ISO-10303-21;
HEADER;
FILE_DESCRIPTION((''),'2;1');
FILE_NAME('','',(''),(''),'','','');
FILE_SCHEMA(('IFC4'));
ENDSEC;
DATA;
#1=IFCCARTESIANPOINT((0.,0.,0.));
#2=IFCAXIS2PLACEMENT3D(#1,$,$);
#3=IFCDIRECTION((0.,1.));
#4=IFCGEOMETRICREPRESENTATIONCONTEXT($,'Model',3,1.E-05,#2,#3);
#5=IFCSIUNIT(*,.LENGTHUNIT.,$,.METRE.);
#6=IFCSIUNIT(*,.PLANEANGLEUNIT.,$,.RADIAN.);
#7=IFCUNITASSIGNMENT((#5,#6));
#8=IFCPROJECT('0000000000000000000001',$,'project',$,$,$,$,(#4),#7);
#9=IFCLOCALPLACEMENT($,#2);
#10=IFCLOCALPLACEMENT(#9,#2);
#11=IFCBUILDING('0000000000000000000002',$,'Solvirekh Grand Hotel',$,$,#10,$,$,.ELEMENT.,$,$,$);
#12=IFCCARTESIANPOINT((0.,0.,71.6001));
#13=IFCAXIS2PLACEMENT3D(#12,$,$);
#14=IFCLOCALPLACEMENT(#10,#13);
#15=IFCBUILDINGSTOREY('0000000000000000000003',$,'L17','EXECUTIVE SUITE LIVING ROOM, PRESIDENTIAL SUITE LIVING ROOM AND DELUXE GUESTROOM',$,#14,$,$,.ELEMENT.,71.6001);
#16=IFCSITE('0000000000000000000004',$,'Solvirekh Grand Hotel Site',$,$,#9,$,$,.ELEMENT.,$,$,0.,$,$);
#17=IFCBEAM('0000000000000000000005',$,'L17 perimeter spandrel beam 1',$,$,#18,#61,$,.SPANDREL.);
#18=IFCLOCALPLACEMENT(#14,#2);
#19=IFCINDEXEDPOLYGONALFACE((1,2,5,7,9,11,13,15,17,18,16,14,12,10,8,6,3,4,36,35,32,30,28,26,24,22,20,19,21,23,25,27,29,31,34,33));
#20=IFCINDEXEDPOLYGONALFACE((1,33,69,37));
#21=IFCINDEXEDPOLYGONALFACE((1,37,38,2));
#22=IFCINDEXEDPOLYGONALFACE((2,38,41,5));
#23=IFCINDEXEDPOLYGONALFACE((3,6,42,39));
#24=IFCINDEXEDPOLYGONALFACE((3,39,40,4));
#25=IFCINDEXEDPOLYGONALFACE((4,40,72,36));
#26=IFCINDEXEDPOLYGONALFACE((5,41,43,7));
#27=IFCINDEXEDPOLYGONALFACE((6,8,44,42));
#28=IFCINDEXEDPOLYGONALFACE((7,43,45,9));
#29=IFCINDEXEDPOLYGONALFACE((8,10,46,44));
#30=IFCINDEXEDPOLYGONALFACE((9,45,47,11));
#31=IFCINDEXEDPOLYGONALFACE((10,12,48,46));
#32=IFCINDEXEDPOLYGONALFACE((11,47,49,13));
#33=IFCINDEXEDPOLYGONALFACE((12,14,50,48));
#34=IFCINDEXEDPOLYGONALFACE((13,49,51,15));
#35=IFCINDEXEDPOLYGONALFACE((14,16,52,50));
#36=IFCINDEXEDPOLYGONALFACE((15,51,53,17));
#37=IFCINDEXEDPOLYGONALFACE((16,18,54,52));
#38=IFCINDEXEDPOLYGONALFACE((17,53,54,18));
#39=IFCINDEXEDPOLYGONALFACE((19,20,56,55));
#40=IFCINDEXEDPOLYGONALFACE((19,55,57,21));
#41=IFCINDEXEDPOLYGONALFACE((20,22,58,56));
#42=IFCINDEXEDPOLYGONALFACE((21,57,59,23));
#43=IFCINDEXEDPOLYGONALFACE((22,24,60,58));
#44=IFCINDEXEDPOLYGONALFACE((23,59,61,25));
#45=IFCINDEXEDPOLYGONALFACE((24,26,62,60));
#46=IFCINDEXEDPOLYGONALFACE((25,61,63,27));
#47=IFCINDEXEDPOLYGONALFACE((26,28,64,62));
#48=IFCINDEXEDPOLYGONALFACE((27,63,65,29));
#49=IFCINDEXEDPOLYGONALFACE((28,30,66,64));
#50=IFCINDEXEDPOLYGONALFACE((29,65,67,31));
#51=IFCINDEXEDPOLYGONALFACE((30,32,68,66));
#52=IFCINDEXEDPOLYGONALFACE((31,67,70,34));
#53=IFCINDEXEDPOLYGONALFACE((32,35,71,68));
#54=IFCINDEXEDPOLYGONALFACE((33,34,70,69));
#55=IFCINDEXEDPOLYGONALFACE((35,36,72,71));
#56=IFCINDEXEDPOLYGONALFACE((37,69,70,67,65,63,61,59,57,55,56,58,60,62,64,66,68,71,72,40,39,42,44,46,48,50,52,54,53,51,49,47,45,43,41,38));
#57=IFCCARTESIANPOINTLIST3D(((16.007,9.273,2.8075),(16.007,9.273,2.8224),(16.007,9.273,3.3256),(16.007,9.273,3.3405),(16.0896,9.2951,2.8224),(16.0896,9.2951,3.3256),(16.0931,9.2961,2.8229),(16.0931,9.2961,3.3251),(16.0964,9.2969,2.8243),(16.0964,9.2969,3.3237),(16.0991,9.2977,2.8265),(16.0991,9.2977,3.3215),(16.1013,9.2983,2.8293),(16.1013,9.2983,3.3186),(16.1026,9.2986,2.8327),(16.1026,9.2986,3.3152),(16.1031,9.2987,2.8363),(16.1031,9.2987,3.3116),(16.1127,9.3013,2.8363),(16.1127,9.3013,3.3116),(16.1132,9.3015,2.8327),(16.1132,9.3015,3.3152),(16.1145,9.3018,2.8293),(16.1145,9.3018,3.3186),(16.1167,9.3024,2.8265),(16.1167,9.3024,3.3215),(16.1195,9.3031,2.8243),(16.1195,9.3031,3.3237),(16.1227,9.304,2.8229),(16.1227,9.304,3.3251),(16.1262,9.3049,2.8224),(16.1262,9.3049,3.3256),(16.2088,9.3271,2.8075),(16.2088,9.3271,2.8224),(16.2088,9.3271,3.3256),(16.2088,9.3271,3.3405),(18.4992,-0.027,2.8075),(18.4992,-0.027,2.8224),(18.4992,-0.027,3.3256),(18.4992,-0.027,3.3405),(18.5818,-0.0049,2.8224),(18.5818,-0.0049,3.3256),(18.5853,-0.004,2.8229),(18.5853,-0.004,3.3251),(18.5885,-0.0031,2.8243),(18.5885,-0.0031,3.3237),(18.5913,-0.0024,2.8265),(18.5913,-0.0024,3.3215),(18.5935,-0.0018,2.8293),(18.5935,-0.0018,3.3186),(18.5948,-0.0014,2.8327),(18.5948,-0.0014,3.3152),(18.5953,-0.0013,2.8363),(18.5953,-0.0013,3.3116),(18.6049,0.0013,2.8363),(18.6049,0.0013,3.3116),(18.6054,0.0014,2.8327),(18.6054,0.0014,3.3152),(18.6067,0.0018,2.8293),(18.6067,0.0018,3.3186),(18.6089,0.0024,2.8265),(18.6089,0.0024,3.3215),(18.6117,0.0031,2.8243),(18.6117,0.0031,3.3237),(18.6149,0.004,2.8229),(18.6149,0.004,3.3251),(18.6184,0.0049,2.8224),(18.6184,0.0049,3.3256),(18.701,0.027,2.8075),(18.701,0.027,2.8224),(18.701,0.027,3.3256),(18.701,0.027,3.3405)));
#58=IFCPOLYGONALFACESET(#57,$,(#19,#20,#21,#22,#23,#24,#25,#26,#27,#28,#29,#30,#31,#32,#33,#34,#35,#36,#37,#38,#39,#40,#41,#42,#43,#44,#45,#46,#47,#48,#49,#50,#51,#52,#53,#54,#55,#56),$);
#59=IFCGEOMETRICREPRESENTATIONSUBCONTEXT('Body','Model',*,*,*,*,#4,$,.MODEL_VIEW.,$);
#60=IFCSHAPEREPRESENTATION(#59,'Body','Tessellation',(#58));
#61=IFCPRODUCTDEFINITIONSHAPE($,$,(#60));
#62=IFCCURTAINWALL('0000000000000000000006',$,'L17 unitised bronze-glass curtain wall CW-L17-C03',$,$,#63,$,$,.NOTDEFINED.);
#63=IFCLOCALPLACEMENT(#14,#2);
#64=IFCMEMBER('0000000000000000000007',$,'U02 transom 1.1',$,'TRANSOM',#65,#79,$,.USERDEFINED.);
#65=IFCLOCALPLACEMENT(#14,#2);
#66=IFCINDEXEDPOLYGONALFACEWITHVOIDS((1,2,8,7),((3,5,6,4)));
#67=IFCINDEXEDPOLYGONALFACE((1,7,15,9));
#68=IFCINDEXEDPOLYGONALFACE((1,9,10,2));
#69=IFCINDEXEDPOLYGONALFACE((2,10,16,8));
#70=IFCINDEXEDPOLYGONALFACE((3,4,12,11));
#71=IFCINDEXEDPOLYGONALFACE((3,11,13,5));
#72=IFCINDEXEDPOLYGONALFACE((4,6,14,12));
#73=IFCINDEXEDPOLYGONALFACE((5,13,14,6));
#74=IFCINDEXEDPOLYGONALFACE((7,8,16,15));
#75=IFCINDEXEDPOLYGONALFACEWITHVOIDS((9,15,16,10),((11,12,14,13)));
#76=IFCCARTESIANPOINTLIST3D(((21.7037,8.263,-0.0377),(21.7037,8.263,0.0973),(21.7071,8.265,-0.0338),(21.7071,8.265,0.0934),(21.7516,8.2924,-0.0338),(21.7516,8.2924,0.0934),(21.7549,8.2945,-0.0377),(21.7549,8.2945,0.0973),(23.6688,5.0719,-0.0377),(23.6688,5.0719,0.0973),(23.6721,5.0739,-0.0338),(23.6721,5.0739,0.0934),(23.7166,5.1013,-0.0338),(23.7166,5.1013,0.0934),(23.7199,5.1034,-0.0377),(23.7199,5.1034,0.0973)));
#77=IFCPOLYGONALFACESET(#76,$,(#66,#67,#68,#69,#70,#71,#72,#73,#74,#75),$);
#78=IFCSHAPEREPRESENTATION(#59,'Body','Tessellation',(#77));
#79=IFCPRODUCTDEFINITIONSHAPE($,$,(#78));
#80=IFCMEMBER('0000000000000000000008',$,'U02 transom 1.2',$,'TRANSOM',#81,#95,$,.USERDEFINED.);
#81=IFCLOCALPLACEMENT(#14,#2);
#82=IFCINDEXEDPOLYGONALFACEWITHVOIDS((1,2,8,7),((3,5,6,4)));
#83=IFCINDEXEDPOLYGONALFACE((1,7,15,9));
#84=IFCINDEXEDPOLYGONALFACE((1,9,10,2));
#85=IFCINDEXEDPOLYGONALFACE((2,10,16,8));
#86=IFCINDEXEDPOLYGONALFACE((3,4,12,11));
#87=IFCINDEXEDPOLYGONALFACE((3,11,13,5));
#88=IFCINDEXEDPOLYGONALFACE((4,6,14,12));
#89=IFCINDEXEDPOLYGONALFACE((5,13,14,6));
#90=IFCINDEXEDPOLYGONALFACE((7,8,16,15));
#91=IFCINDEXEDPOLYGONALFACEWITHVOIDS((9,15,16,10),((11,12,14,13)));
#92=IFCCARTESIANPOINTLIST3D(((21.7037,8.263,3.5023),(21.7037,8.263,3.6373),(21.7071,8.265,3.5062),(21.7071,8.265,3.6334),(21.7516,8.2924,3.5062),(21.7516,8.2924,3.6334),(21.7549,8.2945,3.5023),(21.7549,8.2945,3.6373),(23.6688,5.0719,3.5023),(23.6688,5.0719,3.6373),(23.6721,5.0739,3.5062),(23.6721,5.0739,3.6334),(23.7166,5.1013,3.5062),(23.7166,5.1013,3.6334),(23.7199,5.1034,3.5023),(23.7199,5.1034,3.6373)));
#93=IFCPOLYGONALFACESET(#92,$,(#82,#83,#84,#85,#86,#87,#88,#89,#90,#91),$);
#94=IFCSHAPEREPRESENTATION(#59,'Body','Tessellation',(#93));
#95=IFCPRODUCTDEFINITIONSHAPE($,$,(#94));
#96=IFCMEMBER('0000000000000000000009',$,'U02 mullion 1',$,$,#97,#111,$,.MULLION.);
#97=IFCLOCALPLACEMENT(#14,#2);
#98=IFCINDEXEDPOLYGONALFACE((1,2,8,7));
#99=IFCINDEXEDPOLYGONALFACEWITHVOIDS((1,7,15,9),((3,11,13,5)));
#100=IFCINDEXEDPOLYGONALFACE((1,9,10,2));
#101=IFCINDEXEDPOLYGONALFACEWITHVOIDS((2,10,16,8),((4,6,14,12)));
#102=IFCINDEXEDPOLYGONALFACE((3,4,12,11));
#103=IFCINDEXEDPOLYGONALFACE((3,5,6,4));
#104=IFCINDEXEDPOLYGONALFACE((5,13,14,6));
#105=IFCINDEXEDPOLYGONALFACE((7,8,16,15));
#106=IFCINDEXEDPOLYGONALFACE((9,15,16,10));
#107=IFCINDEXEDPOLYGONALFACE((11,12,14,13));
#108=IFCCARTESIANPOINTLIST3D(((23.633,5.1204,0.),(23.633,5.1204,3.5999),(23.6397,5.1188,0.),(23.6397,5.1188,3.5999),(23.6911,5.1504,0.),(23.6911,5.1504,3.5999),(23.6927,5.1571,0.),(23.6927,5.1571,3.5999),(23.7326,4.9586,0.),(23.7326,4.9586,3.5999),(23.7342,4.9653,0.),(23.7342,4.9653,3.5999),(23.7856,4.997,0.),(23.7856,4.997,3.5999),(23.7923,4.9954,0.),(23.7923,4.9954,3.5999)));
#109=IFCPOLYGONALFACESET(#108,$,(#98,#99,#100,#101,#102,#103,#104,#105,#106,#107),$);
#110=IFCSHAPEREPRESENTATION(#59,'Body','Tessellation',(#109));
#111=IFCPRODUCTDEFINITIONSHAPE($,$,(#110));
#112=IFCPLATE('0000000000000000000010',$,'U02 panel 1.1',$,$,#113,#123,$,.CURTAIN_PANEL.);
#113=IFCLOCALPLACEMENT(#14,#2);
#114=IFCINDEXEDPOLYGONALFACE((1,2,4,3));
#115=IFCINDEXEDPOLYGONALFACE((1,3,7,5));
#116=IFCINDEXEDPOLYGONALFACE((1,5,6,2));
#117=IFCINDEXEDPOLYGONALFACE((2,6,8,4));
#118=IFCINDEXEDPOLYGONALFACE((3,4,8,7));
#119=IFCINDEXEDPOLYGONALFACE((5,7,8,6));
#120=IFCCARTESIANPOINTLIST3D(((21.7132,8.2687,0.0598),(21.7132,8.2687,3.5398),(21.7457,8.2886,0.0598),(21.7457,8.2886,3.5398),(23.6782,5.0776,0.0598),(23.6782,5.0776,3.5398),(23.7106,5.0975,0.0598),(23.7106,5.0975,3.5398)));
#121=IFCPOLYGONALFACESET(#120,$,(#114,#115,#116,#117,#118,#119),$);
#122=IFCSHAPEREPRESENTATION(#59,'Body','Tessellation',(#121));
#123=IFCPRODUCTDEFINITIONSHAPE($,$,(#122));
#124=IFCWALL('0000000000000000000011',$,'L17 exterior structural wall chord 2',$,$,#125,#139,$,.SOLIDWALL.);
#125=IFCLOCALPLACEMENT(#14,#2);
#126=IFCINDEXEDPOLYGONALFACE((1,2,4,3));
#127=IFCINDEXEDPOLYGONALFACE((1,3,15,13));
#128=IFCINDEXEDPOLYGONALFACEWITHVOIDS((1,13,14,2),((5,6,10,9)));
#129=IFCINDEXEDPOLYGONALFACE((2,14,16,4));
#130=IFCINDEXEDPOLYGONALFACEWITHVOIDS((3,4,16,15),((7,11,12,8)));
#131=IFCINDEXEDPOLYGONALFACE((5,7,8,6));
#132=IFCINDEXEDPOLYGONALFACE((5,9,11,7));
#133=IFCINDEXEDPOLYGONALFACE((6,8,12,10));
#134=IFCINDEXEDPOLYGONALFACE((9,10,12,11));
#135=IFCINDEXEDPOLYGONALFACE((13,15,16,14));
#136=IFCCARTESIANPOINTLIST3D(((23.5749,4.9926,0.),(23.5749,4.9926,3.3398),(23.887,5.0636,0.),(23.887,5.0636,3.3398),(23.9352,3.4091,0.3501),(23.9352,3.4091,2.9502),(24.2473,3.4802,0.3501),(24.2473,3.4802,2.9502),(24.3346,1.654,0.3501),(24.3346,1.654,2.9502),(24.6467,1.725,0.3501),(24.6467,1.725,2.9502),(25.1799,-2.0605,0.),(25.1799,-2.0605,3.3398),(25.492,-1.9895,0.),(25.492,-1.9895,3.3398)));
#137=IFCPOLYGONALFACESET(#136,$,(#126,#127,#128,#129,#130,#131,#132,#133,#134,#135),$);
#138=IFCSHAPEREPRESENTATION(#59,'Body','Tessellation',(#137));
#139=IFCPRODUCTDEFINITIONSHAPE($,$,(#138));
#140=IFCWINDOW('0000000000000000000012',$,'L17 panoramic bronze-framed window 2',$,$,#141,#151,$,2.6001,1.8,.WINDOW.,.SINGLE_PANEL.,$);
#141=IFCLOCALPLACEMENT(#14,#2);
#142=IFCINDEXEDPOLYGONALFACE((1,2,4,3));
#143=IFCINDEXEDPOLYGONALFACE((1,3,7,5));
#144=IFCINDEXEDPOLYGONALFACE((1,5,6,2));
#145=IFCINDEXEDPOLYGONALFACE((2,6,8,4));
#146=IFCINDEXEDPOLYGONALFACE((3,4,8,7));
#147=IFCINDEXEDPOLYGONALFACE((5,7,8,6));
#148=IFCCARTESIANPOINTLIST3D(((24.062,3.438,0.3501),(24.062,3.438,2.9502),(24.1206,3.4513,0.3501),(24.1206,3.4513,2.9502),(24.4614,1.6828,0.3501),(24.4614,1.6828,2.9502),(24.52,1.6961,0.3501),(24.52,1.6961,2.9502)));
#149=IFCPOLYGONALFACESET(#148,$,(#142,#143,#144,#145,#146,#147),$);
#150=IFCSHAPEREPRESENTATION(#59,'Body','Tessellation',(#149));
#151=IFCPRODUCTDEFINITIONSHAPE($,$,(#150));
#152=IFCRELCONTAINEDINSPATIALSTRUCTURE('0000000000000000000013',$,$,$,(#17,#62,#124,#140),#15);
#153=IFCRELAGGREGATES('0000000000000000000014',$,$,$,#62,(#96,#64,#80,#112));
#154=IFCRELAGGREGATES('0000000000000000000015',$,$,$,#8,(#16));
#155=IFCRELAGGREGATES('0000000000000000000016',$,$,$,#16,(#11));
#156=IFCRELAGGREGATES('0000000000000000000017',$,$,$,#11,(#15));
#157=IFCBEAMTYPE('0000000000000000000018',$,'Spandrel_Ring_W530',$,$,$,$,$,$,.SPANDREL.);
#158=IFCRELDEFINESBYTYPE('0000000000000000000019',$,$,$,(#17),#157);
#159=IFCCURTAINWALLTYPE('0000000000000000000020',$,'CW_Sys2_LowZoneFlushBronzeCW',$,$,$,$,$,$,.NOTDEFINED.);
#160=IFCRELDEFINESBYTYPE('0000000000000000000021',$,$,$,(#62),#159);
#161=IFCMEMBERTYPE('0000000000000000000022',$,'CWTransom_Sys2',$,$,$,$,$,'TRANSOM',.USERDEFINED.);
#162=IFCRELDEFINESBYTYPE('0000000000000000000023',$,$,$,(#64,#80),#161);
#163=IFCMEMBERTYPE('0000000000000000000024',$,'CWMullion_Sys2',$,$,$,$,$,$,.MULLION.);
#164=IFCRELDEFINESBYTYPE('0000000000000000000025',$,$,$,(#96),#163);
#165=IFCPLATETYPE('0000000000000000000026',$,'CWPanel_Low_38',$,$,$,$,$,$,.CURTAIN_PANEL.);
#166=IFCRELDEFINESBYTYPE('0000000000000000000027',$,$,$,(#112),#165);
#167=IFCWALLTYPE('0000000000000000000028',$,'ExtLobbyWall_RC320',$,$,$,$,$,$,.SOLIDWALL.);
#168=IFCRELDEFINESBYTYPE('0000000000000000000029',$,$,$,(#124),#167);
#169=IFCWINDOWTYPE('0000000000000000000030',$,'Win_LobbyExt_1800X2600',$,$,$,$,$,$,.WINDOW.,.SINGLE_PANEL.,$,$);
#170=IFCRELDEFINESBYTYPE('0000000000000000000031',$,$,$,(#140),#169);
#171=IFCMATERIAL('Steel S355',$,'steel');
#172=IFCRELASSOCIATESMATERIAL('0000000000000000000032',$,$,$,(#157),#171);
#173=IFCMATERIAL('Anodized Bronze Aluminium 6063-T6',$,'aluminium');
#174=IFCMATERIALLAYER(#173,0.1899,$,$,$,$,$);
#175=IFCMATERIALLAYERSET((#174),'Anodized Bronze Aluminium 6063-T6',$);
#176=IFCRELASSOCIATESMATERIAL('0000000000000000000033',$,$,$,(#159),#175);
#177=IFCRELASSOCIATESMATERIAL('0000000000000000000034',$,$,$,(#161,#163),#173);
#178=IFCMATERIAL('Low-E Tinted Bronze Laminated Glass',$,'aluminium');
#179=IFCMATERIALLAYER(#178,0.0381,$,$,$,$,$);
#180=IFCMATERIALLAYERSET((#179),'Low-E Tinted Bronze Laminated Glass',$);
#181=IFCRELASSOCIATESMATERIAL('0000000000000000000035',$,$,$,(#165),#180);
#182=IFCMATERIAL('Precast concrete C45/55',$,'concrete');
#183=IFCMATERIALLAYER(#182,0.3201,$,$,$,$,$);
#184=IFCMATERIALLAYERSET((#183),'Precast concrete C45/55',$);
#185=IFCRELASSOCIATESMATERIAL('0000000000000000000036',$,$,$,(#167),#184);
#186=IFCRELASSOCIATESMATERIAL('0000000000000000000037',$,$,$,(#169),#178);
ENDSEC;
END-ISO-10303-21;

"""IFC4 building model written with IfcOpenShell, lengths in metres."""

from ifc_helpers import new_model, si_unit, direction, frame, frame_2d, origin, origin_2d, place, context, subcontext, project, spatial, rectangle, hollow_rectangle, i_section, extrude, source, transform, mapped, material, layer, layer_set, material_profile, profile_set, type_object, element, fill, aggregate, save


model = new_model("IFC4")

# Units and contexts
model_context = context("Model", 3, precision=1e-05, world=origin(), true_north=direction((0.0, 1.0)))
body_context = subcontext(model_context, "Body", "Model", "MODEL_VIEW")
ifc_project = project(units=[si_unit("LENGTHUNIT", "METRE"), si_unit("PLANEANGLEUNIT", "RADIAN")], contexts=[model_context])

# Site, building, storey
site_placement = place(None, origin())
site = spatial("IfcSite", under=ifc_project, at=site_placement, Name="Solvirekh Grand Hotel Site", CompositionType="ELEMENT", RefElevation=0.0)
building_placement = place(site_placement, origin())
building = spatial("IfcBuilding", under=site, at=building_placement, Name="Solvirekh Grand Hotel", CompositionType="ELEMENT")
storey_placement = place(building_placement, frame((0.0, 0.0, 71.6001)))
storey = spatial("IfcBuildingStorey", under=building, at=storey_placement, Name="L17", Description="EXECUTIVE SUITE LIVING ROOM, PRESIDENTIAL SUITE LIVING ROOM AND DELUXE GUESTROOM", CompositionType="ELEMENT", Elevation=71.6001)

# Beam
ifc_material_1 = material(Name="Steel S355", Category="steel")
ifc_material_profile_1 = material_profile(ifc_material_1, i_section(OverallWidth=0.209, OverallDepth=0.533, WebThickness=0.01, FlangeThickness=0.0149, FilletRadius=0.0139, at=origin_2d()), Name="W530X92")
ifc_profile_set_1 = profile_set([ifc_material_profile_1], Name="Steel S355")
beam_type_1 = type_object("IfcBeamType", Name="Spandrel_Ring_W530", PredefinedType="SPANDREL", material=ifc_profile_set_1)
beam_1_placement = place(storey_placement, frame((18.6001, 0.0, 3.074), z_axis=(-0.258843, 0.965919, 0.0), x_axis=(-0.965919, -0.258843, 0.0)))
element("IfcBeam", 1, at=beam_1_placement, inside=storey, type_object=beam_type_1, Name="L17 perimeter spandrel beam 1", PredefinedType="SPANDREL", context=body_context, shape_type="SweptSolid", body=[
    extrude(i_section(OverallWidth=0.209, OverallDepth=0.533, WebThickness=0.01, FlangeThickness=0.0149, FilletRadius=0.0139, at=origin_2d()), origin(), (0.0, 0.0, 1.0), 9.6282),
])

# Curtain wall, members, plate
ifc_material_2 = material(Name="Anodized Bronze Aluminium 6063-T6", Category="aluminium")
ifc_layer_1 = layer(ifc_material_2, 0.1899)
ifc_layer_set_1 = layer_set([ifc_layer_1], Name="Anodized Bronze Aluminium 6063-T6")
curtain_wall_type = type_object("IfcCurtainWallType", Name="CW_Sys2_LowZoneFlushBronzeCW", PredefinedType="NOTDEFINED", material=ifc_layer_set_1)
curtain_wall_placement = place(storey_placement, origin())
curtain_wall = element("IfcCurtainWall", 2, at=curtain_wall_placement, inside=storey, type_object=curtain_wall_type, Name="L17 unitised bronze-glass curtain wall CW-L17-C03", PredefinedType="NOTDEFINED")
ifc_material_profile_2 = material_profile(ifc_material_2, hollow_rectangle(XDim=0.0601, YDim=0.135, WallThickness=0.0039, at=origin_2d()), Name="ALU RHS 135X60X4")
ifc_profile_set_2 = profile_set([ifc_material_profile_2], Name="Anodized Bronze Aluminium 6063-T6")
member_type_1 = type_object("IfcMemberType", Name="CWTransom_Sys2", ElementType="TRANSOM", PredefinedType="USERDEFINED", material=ifc_profile_set_2)
shared_shape_1 = source(origin(), body_context, "Body", "SweptSolid", [
    extrude(hollow_rectangle(XDim=0.0601, YDim=0.135, WallThickness=0.0039, at=origin_2d()), origin(), (0.0, 0.0, 1.0), 3.7476),
])
member_1_placement = place(storey_placement, frame((23.6943, 5.0876, 0.0298), z_axis=(-0.524348, 0.851504, 0.0), x_axis=(-0.851504, -0.524348, 0.0)))
member_1 = element("IfcMember", 3, at=member_1_placement, type_object=member_type_1, Name="U02 transom 1.1", ObjectType="TRANSOM", PredefinedType="USERDEFINED", context=body_context, shape_type="MappedRepresentation", body=[
    mapped(shared_shape_1, transform((0.0, 0.0, 0.0), x_axis=(1.0, 0.0, 0.0), y_axis=(0.0, 1.0, 0.0), z_axis=(0.0, 0.0, 1.0), scale=1.0)),
])
member_2_placement = place(storey_placement, frame((23.6943, 5.0876, 3.5698), z_axis=(-0.524348, 0.851504, 0.0), x_axis=(-0.851504, -0.524348, 0.0)))
member_2 = element("IfcMember", 4, at=member_2_placement, type_object=member_type_1, Name="U02 transom 1.2", ObjectType="TRANSOM", PredefinedType="USERDEFINED", context=body_context, shape_type="MappedRepresentation", body=[
    mapped(shared_shape_1, transform((0.0, 0.0, 0.0), x_axis=(1.0, 0.0, 0.0), y_axis=(0.0, 1.0, 0.0), z_axis=(0.0, 0.0, 1.0), scale=1.0)),
])
ifc_material_profile_3 = material_profile(ifc_material_2, hollow_rectangle(XDim=0.0701, YDim=0.1899, WallThickness=0.0049, at=origin_2d()), Name="ALU RHS 190X70X5")
ifc_profile_set_3 = profile_set([ifc_material_profile_3], Name="Anodized Bronze Aluminium 6063-T6")
member_type_2 = type_object("IfcMemberType", Name="CWMullion_Sys2", PredefinedType="MULLION", material=ifc_profile_set_3)
shared_shape_2 = source(origin(), body_context, "Body", "SweptSolid", [
    extrude(hollow_rectangle(XDim=0.0701, YDim=0.1899, WallThickness=0.0049, at=origin_2d()), origin(), (0.0, 0.0, 1.0), 3.5999),
])
member_3_placement = place(storey_placement, frame((23.7126, 5.0579, 0.0), z_axis=(0.0, 0.0, 1.0), x_axis=(-0.851516, -0.524329, 0.0)))
member_3 = element("IfcMember", 5, at=member_3_placement, type_object=member_type_2, Name="U02 mullion 1", PredefinedType="MULLION", context=body_context, shape_type="MappedRepresentation", body=[
    mapped(shared_shape_2, transform((0.0, 0.0, 0.0), x_axis=(1.0, 0.0, 0.0), y_axis=(0.0, 1.0, 0.0), z_axis=(0.0, 0.0, 1.0), scale=1.0)),
])
ifc_material_3 = material(Name="Low-E Tinted Bronze Laminated Glass", Category="aluminium")
ifc_layer_2 = layer(ifc_material_3, 0.0381)
ifc_layer_set_2 = layer_set([ifc_layer_2], Name="Low-E Tinted Bronze Laminated Glass")
plate_type = type_object("IfcPlateType", Name="CWPanel_Low_38", PredefinedType="CURTAIN_PANEL", material=ifc_layer_set_2)
shared_shape_3 = source(origin(), body_context, "Body", "SweptSolid", [
    extrude(rectangle(XDim=3.7476, YDim=0.0381, at=origin_2d()), origin(), (0.0, 0.0, 1.0), 3.48),
])
plate_placement = place(storey_placement, frame((22.7119, 6.6831, 0.0598), z_axis=(0.0, 0.0, 1.0), x_axis=(-0.524329, 0.851516, 0.0)))
plate = element("IfcPlate", 6, at=plate_placement, type_object=plate_type, Name="U02 panel 1.1", PredefinedType="CURTAIN_PANEL", context=body_context, shape_type="MappedRepresentation", body=[
    mapped(shared_shape_3, transform((0.0, 0.0, 0.0), x_axis=(1.0, 0.0, 0.0), y_axis=(0.0, 1.0, 0.0), z_axis=(0.0, 0.0, 1.0), scale=1.0)),
])
aggregate(curtain_wall, [member_3, member_1, member_2, plate])

# Wall, opening, window
ifc_material_4 = material(Name="Precast concrete C45/55", Category="concrete")
ifc_layer_3 = layer(ifc_material_4, 0.3201)
ifc_layer_set_3 = layer_set([ifc_layer_3], Name="Precast concrete C45/55")
wall_type_1 = type_object("IfcWallType", Name="ExtLobbyWall_RC320", PredefinedType="SOLIDWALL", material=ifc_layer_set_3)
wall_1_placement = place(storey_placement, frame((23.731, 5.0281, 0.0), z_axis=(0.0, 0.0, 1.0), x_axis=(0.221888, -0.975072, 0.0)))
wall_1 = element("IfcWall", 7, at=wall_1_placement, inside=storey, type_object=wall_type_1, Name="L17 exterior structural wall chord 2", PredefinedType="SOLIDWALL", context=body_context, shape_type="SweptSolid", body=[
    extrude(rectangle(XDim=7.2334, YDim=0.3201, at=frame_2d((3.6167, 0.0))), origin(), (0.0, 0.0, 1.0), 3.3398),
])
opening_1_placement = place(wall_1_placement, frame((1.624, 0.0, 0.3501)))
opening_1 = element("IfcOpeningElement", 8, at=opening_1_placement, cuts=wall_1, PredefinedType="OPENING", context=body_context, shape_type="SweptSolid", body=[
    extrude(rectangle(XDim=1.8, YDim=2.6001, at=frame_2d((0.8999, 1.3))), frame((0.0, 0.1699, 0.0), z_axis=(0.0, -1.0, 0.0), x_axis=(1.0, 0.0, 0.0)), (0.0, 0.0, 1.0), 0.3401),
])
window_type = type_object("IfcWindowType", Name="Win_LobbyExt_1800X2600", PartitioningType="SINGLE_PANEL", PredefinedType="WINDOW", material=ifc_material_3)
window_placement = place(opening_1_placement, origin())
window = element("IfcWindow", 9, at=window_placement, inside=storey, type_object=window_type, Name="L17 panoramic bronze-framed window 2", OverallHeight=2.6001, OverallWidth=1.8, PartitioningType="SINGLE_PANEL", PredefinedType="WINDOW", context=body_context, shape_type="SweptSolid", body=[
    extrude(rectangle(XDim=1.8, YDim=2.6001, at=frame_2d((0.8999, 1.3))), frame((0.0, 0.03, 0.0), z_axis=(0.0, -1.0, 0.0), x_axis=(1.0, 0.0, 0.0)), (0.0, 0.0, 1.0), 0.0601),
])
fill(opening_1, window)

save(model, "model.ifc")
